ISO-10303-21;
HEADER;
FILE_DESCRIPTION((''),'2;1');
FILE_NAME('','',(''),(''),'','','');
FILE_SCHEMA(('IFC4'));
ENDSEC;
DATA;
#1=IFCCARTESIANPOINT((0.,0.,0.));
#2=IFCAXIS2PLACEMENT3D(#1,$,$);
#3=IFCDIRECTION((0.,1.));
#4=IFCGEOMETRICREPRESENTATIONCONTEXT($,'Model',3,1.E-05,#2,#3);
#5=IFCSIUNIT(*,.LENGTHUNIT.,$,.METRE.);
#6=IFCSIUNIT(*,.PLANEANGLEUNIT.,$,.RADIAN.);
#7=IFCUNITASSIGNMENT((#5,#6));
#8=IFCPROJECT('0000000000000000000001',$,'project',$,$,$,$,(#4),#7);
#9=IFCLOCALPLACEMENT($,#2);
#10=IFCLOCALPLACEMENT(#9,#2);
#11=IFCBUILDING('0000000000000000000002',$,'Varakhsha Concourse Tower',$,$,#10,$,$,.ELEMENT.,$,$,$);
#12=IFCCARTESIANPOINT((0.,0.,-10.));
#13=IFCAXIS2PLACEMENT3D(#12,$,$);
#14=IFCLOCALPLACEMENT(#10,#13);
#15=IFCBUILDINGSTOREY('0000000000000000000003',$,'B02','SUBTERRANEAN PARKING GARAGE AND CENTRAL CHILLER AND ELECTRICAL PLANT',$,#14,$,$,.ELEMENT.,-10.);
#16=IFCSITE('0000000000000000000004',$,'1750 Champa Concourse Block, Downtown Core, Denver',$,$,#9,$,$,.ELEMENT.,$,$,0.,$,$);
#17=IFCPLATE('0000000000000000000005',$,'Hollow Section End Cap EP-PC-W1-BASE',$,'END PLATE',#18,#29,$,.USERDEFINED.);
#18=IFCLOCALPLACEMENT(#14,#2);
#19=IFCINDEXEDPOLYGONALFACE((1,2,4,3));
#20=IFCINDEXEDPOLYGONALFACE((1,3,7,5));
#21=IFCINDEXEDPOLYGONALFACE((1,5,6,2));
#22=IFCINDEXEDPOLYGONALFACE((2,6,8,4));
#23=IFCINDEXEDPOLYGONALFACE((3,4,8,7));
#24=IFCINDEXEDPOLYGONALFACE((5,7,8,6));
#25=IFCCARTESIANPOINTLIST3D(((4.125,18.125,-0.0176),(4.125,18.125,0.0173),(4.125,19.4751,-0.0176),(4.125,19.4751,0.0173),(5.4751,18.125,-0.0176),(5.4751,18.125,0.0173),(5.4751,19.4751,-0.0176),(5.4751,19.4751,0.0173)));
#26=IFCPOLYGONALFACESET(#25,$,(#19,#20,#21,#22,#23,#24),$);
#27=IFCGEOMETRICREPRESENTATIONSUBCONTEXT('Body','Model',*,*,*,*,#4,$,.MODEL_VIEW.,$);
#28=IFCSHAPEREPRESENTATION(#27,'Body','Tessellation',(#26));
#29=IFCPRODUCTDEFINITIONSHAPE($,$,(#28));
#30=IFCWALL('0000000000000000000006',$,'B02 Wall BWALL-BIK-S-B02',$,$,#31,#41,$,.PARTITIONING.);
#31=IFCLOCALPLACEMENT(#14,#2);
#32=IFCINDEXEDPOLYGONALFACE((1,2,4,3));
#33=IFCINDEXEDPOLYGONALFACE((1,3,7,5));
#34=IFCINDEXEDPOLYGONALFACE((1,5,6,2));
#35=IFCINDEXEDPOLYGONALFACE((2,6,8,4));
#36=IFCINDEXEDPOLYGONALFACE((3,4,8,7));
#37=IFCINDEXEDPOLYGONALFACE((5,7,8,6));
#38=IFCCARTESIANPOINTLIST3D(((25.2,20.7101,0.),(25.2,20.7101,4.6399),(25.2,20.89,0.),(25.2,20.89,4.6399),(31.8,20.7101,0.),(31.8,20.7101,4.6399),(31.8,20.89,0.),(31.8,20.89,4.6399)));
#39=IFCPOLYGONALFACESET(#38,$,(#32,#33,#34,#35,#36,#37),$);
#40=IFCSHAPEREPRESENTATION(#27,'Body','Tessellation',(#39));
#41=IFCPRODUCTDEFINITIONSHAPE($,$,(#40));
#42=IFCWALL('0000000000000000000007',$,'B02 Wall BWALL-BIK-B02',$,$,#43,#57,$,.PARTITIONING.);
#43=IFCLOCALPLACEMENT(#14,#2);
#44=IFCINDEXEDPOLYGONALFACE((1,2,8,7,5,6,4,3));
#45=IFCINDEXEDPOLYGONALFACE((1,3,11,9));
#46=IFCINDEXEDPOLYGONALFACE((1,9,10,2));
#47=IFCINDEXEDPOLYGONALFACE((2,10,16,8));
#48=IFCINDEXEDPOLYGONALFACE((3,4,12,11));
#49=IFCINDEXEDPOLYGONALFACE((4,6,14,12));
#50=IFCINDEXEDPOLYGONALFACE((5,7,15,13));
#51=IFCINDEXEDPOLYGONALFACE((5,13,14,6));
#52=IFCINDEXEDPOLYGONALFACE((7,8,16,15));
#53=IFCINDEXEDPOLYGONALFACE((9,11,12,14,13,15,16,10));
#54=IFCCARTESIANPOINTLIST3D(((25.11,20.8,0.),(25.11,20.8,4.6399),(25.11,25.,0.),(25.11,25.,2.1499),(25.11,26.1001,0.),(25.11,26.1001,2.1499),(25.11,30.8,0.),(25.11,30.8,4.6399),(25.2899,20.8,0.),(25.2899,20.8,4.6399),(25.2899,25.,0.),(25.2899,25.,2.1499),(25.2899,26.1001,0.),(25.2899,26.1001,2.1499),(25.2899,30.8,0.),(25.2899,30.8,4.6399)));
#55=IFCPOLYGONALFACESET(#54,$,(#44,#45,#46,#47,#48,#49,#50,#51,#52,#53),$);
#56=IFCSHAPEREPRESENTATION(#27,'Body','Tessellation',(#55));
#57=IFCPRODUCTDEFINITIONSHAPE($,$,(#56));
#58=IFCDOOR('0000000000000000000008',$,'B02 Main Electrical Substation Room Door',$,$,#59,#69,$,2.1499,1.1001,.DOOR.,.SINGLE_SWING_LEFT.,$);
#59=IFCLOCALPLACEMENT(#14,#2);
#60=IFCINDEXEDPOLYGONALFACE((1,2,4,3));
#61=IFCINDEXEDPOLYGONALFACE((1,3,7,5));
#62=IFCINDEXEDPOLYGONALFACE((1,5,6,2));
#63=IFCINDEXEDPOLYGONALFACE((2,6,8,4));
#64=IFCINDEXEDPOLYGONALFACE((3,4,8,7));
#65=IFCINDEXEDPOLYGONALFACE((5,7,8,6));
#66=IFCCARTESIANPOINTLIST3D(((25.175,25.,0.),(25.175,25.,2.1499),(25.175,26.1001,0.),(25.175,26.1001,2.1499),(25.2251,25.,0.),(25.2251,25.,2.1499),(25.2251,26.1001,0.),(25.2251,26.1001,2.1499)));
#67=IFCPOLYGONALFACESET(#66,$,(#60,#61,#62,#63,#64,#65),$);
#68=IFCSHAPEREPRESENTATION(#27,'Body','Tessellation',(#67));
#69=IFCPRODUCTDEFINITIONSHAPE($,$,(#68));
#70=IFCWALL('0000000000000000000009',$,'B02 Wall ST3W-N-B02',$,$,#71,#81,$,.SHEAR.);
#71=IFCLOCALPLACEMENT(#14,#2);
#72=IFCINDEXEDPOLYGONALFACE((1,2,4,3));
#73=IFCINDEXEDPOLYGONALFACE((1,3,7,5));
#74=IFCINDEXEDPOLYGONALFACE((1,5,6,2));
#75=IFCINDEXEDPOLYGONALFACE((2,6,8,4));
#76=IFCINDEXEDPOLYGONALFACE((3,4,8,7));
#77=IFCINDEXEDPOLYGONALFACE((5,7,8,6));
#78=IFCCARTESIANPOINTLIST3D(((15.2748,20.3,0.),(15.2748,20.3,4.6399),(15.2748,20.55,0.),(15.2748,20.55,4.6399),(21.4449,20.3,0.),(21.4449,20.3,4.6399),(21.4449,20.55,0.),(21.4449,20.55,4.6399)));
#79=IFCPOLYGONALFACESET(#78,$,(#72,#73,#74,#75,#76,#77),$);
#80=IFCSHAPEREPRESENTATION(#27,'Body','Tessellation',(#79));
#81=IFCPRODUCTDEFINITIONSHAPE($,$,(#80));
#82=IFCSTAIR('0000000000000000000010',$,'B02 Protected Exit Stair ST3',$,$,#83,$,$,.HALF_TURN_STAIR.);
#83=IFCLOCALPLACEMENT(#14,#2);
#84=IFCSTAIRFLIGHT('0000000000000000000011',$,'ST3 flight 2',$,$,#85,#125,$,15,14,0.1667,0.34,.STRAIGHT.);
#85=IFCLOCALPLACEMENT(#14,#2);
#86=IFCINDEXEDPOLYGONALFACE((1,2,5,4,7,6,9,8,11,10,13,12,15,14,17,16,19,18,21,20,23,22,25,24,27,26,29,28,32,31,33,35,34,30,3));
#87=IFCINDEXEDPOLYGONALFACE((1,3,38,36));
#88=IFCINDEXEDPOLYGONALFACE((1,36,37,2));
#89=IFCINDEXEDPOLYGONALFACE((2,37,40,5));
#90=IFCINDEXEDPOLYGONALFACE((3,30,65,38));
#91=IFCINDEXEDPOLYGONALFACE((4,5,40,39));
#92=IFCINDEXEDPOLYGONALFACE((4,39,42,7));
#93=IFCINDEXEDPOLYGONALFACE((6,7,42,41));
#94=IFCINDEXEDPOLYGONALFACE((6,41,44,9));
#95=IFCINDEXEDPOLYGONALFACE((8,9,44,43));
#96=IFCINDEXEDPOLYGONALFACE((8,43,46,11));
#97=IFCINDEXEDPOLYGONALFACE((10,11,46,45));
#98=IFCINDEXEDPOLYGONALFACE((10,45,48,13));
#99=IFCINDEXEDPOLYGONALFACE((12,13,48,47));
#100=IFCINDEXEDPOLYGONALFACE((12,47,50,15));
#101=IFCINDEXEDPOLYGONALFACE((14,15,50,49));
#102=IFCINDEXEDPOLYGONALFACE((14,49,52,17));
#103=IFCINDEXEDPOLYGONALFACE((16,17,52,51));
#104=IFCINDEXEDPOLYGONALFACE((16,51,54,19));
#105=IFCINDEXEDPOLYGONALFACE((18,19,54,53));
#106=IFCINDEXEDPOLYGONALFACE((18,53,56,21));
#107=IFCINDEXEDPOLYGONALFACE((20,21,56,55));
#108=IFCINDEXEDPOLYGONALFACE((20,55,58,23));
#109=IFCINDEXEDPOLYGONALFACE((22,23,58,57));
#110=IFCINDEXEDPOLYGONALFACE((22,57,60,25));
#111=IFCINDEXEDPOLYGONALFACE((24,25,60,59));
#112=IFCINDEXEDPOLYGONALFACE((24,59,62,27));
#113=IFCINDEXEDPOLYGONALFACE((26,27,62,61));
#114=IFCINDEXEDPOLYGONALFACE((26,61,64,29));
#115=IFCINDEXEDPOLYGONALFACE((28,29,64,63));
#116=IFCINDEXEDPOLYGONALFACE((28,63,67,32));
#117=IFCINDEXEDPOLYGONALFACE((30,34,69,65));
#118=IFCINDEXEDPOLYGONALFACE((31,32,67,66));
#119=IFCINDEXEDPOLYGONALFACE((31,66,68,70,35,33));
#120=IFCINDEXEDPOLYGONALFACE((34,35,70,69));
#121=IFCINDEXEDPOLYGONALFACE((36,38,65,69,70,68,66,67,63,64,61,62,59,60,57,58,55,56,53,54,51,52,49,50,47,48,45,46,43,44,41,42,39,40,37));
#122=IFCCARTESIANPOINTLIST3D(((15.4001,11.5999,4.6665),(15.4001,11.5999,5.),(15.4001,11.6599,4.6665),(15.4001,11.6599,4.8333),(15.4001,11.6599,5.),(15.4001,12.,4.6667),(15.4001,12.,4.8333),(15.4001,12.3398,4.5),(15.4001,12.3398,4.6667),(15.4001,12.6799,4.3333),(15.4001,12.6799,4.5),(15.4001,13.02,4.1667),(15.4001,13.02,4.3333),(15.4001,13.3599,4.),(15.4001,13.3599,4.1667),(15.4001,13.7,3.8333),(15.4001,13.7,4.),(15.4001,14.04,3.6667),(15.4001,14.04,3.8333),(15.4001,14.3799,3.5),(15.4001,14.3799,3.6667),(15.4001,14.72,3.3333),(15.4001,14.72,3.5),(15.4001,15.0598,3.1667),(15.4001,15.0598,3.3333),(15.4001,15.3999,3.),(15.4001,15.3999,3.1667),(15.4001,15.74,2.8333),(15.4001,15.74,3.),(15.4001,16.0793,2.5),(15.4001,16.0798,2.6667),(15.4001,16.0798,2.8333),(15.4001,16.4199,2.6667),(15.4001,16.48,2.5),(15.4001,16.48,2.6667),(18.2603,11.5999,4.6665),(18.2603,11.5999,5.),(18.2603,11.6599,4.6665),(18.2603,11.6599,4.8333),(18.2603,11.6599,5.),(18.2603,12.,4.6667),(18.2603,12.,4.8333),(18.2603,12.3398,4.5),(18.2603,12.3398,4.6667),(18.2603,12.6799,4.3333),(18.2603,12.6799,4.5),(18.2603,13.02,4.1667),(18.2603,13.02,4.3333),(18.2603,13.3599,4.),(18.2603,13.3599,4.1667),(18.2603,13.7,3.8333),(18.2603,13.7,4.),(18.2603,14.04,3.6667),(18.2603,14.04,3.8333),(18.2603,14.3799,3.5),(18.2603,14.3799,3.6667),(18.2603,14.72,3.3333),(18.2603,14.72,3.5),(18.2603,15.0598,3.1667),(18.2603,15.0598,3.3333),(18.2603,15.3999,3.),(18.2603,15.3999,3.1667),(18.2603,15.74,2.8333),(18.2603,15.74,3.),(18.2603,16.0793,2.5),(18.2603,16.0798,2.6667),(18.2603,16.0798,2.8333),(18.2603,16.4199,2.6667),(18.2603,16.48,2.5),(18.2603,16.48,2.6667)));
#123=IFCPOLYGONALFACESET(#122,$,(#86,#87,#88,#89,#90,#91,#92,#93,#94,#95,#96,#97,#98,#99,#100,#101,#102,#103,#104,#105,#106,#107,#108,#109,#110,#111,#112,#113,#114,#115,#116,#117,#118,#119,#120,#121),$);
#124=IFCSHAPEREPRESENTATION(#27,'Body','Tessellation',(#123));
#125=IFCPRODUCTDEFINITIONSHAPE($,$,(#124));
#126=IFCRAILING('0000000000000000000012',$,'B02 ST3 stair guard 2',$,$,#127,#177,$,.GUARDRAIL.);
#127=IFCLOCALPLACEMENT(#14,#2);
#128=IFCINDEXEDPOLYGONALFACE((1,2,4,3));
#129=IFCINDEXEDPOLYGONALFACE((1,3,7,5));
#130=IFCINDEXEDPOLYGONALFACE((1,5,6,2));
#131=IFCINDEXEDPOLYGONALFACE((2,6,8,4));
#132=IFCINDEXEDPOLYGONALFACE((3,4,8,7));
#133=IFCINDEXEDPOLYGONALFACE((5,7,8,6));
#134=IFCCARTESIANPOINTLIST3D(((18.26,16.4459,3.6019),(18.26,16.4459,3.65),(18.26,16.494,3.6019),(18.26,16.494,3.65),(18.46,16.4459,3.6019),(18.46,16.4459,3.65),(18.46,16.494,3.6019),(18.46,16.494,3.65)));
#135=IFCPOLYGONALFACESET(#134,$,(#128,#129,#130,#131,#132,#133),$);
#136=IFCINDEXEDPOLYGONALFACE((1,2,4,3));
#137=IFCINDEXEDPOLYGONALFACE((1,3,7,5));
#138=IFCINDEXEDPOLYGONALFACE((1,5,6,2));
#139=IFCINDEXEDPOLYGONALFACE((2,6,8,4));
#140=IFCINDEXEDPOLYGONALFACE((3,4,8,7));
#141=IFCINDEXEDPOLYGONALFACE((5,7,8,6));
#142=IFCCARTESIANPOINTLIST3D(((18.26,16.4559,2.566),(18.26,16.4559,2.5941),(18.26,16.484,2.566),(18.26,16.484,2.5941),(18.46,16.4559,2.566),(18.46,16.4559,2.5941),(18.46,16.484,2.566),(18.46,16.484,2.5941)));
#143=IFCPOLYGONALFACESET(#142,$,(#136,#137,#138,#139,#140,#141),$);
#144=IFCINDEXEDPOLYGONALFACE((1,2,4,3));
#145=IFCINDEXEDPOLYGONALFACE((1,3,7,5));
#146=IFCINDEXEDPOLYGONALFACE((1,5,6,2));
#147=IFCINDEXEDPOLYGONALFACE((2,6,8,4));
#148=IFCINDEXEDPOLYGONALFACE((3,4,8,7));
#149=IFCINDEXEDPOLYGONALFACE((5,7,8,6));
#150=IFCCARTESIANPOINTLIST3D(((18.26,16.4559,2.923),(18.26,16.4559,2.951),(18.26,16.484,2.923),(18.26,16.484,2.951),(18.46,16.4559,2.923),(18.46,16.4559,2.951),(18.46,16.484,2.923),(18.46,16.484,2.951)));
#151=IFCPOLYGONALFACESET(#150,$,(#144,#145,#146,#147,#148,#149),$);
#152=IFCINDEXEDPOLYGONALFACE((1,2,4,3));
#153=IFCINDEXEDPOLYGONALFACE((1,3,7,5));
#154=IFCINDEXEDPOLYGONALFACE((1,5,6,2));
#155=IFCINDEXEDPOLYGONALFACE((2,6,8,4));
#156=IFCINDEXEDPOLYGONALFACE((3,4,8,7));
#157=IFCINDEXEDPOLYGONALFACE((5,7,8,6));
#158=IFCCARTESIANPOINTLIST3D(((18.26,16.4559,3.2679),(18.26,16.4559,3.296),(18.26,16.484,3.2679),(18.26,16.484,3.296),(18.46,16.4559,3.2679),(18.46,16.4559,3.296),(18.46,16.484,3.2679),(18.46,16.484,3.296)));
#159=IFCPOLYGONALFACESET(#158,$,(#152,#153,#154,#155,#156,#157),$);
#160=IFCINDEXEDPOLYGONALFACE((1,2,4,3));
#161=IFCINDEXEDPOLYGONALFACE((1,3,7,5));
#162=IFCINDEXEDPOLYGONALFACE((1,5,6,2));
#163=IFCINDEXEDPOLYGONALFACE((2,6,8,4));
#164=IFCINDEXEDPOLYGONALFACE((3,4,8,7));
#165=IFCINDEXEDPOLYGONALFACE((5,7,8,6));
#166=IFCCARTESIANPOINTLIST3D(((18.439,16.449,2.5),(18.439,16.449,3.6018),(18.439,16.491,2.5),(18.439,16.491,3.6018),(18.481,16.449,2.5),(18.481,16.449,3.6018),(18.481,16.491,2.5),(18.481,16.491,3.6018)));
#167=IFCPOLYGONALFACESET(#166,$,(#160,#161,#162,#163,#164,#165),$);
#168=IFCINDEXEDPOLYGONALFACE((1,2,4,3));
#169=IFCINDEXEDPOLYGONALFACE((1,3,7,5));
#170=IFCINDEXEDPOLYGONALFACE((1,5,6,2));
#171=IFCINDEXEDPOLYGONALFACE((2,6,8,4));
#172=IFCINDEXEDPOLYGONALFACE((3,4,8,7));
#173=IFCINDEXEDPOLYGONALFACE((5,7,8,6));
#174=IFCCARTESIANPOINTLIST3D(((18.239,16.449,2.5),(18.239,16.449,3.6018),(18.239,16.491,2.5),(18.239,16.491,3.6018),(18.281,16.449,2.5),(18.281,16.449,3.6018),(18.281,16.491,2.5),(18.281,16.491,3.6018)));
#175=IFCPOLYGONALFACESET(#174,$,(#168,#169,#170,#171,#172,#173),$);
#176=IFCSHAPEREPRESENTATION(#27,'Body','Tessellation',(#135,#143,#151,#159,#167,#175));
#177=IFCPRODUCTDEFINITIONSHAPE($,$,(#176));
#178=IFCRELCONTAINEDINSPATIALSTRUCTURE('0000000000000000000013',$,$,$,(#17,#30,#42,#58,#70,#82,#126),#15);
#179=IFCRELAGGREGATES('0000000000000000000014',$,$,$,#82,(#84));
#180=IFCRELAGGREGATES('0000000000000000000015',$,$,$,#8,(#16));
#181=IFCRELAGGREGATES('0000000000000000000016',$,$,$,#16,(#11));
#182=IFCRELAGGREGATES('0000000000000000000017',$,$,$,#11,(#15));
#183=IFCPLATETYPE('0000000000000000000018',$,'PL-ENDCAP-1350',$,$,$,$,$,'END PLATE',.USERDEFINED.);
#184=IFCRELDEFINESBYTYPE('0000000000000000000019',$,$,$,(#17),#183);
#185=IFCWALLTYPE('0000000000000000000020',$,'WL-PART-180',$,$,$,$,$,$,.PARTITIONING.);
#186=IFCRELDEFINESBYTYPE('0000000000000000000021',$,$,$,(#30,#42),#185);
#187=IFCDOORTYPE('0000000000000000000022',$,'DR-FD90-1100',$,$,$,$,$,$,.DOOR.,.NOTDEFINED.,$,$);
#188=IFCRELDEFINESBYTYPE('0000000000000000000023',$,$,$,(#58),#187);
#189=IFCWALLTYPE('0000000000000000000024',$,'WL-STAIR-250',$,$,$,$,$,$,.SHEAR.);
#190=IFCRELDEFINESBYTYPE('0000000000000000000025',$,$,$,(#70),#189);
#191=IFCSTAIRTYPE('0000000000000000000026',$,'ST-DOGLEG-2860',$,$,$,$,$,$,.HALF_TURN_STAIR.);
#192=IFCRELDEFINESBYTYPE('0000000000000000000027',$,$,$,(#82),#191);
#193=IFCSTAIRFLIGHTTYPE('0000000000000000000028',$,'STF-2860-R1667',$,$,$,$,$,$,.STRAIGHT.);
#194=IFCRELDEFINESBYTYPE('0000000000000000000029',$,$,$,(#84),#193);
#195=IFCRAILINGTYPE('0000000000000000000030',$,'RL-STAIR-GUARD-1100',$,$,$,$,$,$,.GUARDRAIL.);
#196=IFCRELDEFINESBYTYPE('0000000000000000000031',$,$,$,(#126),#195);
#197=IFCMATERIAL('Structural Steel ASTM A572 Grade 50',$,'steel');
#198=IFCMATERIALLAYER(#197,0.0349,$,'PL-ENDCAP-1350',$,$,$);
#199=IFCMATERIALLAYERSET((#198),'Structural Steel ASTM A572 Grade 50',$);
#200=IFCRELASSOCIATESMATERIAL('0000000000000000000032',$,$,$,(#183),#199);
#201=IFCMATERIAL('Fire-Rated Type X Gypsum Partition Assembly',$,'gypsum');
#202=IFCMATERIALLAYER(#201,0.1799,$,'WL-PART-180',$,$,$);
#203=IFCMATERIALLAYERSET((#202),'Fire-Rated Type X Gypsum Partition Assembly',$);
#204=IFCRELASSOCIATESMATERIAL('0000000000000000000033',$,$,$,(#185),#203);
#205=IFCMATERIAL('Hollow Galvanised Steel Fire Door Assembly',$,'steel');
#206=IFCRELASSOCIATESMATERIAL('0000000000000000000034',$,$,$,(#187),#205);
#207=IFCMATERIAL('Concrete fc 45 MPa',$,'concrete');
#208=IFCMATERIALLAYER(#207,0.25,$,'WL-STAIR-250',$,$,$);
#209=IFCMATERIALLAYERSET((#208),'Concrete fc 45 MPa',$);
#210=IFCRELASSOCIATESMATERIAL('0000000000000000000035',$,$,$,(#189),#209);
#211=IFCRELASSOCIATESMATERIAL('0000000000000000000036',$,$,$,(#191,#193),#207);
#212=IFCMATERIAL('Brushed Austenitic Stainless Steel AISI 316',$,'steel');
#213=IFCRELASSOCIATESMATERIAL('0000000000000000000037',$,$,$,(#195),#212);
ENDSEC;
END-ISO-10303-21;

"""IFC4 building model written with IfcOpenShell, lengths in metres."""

from ifc_helpers import new_model, si_unit, direction, frame, frame_2d, origin, origin_2d, place, context, subcontext, project, spatial, polyline, rectangle, outline, extrude, source, transform, mapped, material, layer, layer_set, type_object, type_shapes, element, fill, aggregate, save


model = new_model("IFC4")

# Units and contexts
model_context = context("Model", 3, precision=1e-05, world=origin(), true_north=direction((0.0, 1.0)))
body_context = subcontext(model_context, "Body", "Model", "MODEL_VIEW")
ifc_project = project(units=[si_unit("LENGTHUNIT", "METRE"), si_unit("PLANEANGLEUNIT", "RADIAN")], contexts=[model_context])

# Site, building, storey
site_placement = place(None, origin())
site = spatial("IfcSite", under=ifc_project, at=site_placement, Name="1750 Champa Concourse Block, Downtown Core, Denver", CompositionType="ELEMENT", RefElevation=0.0)
building_placement = place(site_placement, origin())
building = spatial("IfcBuilding", under=site, at=building_placement, Name="Varakhsha Concourse Tower", CompositionType="ELEMENT")
storey_placement = place(building_placement, frame((0.0, 0.0, -10.0)))
storey = spatial("IfcBuildingStorey", under=building, at=storey_placement, Name="B02", Description="SUBTERRANEAN PARKING GARAGE AND CENTRAL CHILLER AND ELECTRICAL PLANT", CompositionType="ELEMENT", Elevation=-10.0)

# Shared definitions
ifc_material_1 = material(Name="Structural Steel ASTM A572 Grade 50", Category="steel")

# Plate
ifc_layer_1 = layer(ifc_material_1, 0.0349, Name="PL-ENDCAP-1350")
ifc_layer_set_1 = layer_set([ifc_layer_1], Name="Structural Steel ASTM A572 Grade 50")
plate_type = type_object("IfcPlateType", Name="PL-ENDCAP-1350", ElementType="END PLATE", PredefinedType="USERDEFINED", material=ifc_layer_set_1)
shared_shape = source(origin(), body_context, "Body", "SweptSolid", [
    extrude(rectangle(XDim=1.3501, YDim=1.3501, at=origin_2d()), origin(), (0.0, 0.0, 1.0), 0.0349),
])
type_shapes(plate_type, [shared_shape])
plate_placement = place(storey_placement, frame((4.8, 18.8, -0.0176), z_axis=(0.0, 0.0, 1.0), x_axis=(1.0, 0.0, 0.0)))
element("IfcPlate", 1, at=plate_placement, inside=storey, type_object=plate_type, Name="Hollow Section End Cap EP-PC-W1-BASE", ObjectType="END PLATE", PredefinedType="USERDEFINED", context=body_context, shape_type="MappedRepresentation", body=[
    mapped(shared_shape, transform((0.0, 0.0, 0.0), scale=1.0)),
])

# Wall
ifc_material_2 = material(Name="Fire-Rated Type X Gypsum Partition Assembly", Category="gypsum")
ifc_layer_2 = layer(ifc_material_2, 0.1799, Name="WL-PART-180")
ifc_layer_set_2 = layer_set([ifc_layer_2], Name="Fire-Rated Type X Gypsum Partition Assembly")
wall_type_1 = type_object("IfcWallType", Name="WL-PART-180", PredefinedType="PARTITIONING", material=ifc_layer_set_2)
wall_1_placement = place(storey_placement, frame((25.2, 20.8, 0.0), z_axis=(0.0, 0.0, 1.0), x_axis=(1.0, 0.0, 0.0)))
element("IfcWall", 2, at=wall_1_placement, inside=storey, type_object=wall_type_1, Name="B02 Wall BWALL-BIK-S-B02", PredefinedType="PARTITIONING", context=body_context, shape_type="SweptSolid", body=[
    extrude(rectangle(XDim=6.6001, YDim=0.1799, at=frame_2d((3.3, 0.0))), origin(), (0.0, 0.0, 1.0), 4.6399),
])

# Wall, opening, door
wall_2_placement = place(storey_placement, frame((25.2, 20.8, 0.0), z_axis=(0.0, 0.0, 1.0), x_axis=(0.0, 1.0, 0.0)))
wall_2 = element("IfcWall", 3, at=wall_2_placement, inside=storey, type_object=wall_type_1, Name="B02 Wall BWALL-BIK-B02", PredefinedType="PARTITIONING", context=body_context, shape_type="SweptSolid", body=[
    extrude(rectangle(XDim=10.0, YDim=0.1799, at=frame_2d((5.0, 0.0))), origin(), (0.0, 0.0, 1.0), 4.6399),
])
opening_placement = place(wall_2_placement, frame((4.2, 0.0, 0.0)))
opening = element("IfcOpeningElement", 4, at=opening_placement, cuts=wall_2, PredefinedType="OPENING", context=body_context, shape_type="SweptSolid", body=[
    extrude(rectangle(XDim=1.1001, YDim=2.1499, at=frame_2d((0.55, 1.075))), frame((0.0, 0.0999, 0.0), z_axis=(0.0, -1.0, 0.0), x_axis=(1.0, 0.0, 0.0)), (0.0, 0.0, 1.0), 0.2),
])
ifc_material_3 = material(Name="Hollow Galvanised Steel Fire Door Assembly", Category="steel")
door_type = type_object("IfcDoorType", Name="DR-FD90-1100", OperationType="NOTDEFINED", PredefinedType="DOOR", material=ifc_material_3)
door_placement = place(opening_placement, origin())
door = element("IfcDoor", 5, at=door_placement, inside=storey, type_object=door_type, Name="B02 Main Electrical Substation Room Door", OperationType="SINGLE_SWING_LEFT", OverallHeight=2.1499, OverallWidth=1.1001, PredefinedType="DOOR", context=body_context, shape_type="SweptSolid", body=[
    extrude(rectangle(XDim=1.1001, YDim=2.1499, at=frame_2d((0.55, 1.075))), frame((0.0, 0.0249, 0.0), z_axis=(0.0, -1.0, 0.0), x_axis=(1.0, 0.0, 0.0)), (0.0, 0.0, 1.0), 0.05),
])
fill(opening, door)

# Wall
ifc_material_4 = material(Name="Concrete fc 45 MPa", Category="concrete")
ifc_layer_3 = layer(ifc_material_4, 0.25, Name="WL-STAIR-250")
ifc_layer_set_3 = layer_set([ifc_layer_3], Name="Concrete fc 45 MPa")
wall_type_2 = type_object("IfcWallType", Name="WL-STAIR-250", PredefinedType="SHEAR", material=ifc_layer_set_3)
wall_3_placement = place(storey_placement, frame((15.2749, 20.425, 0.0), z_axis=(0.0, 0.0, 1.0), x_axis=(1.0, 0.0, 0.0)))
element("IfcWall", 6, at=wall_3_placement, inside=storey, type_object=wall_type_2, Name="B02 Wall ST3W-N-B02", PredefinedType="SHEAR", context=body_context, shape_type="SweptSolid", body=[
    extrude(rectangle(XDim=6.1702, YDim=0.25, at=frame_2d((3.085, 0.0))), origin(), (0.0, 0.0, 1.0), 4.6399),
])

# Stair, stair flight
stair_type = type_object("IfcStairType", Name="ST-DOGLEG-2860", PredefinedType="HALF_TURN_STAIR", material=ifc_material_4)
stair_placement = place(storey_placement, origin())
stair = element("IfcStair", 7, at=stair_placement, inside=storey, type_object=stair_type, Name="B02 Protected Exit Stair ST3", PredefinedType="HALF_TURN_STAIR")
stair_flight_type = type_object("IfcStairFlightType", Name="STF-2860-R1667", PredefinedType="STRAIGHT", material=ifc_material_4)
stair_flight_placement = place(storey_placement, frame((16.8301, 16.4199, 2.5), z_axis=(0.0, 0.0, 1.0), x_axis=(0.0, -1.0, 0.0)))
stair_flight = element("IfcStairFlight", 8, at=stair_flight_placement, type_object=stair_flight_type, Name="ST3 flight 2", NumberOfRisers=15, NumberOfTreads=14, PredefinedType="STRAIGHT", RiserHeight=0.1667, TreadLength=0.34, context=body_context, shape_type="SweptSolid", body=[
    extrude(outline(polyline([(-0.0601, 0.0), (-0.0601, 0.1667), (0.0, 0.1667), (0.3401, 0.1667), (0.3401, 0.3333), (0.6799, 0.3333), (0.6799, 0.5), (1.02, 0.5), (1.02, 0.6667), (1.3601, 0.6667), (1.3601, 0.8333), (1.7, 0.8333), (1.7, 1.0), (2.04, 1.0), (2.04, 1.1667), (2.3799, 1.1667), (2.3799, 1.3333), (2.72, 1.3333), (2.72, 1.5), (3.0601, 1.5), (3.0601, 1.6667), (3.3999, 1.6667), (3.3999, 1.8333), (3.74, 1.8333), (3.74, 2.0), (4.0801, 2.0), (4.0801, 2.1667), (4.4199, 2.1667), (4.4199, 2.3333), (4.76, 2.3333), (4.76, 2.5), (4.8201, 2.5), (4.8201, 2.1665), (4.76, 2.1665), (0.3406, 0.0), (-0.0601, 0.0)])), frame((0.0, 1.4302, 0.0), z_axis=(0.0, -1.0, 0.0), x_axis=(1.0, 0.0, 0.0)), (0.0, 0.0, 1.0), 2.8601),
])
aggregate(stair, [stair_flight])

# Railing
ifc_material_5 = material(Name="Brushed Austenitic Stainless Steel AISI 316", Category="steel")
railing_type_1 = type_object("IfcRailingType", Name="RL-STAIR-GUARD-1100", PredefinedType="GUARDRAIL", material=ifc_material_5)
railing_1_placement = place(storey_placement, frame((18.46, 16.47, 2.5)))
element("IfcRailing", 9, at=railing_1_placement, inside=storey, type_object=railing_type_1, Name="B02 ST3 stair guard 2", PredefinedType="GUARDRAIL", context=body_context, shape_type="SweptSolid", body=[
    extrude(rectangle(XDim=0.0481, YDim=0.0481, at=origin_2d()), frame((0.0, 0.0, 1.126), z_axis=(-1.0, 0.0, 0.0), x_axis=(0.0, -1.0, 0.0)), (0.0, 0.0, 1.0), 0.2),
    extrude(rectangle(XDim=0.0281, YDim=0.0281, at=origin_2d()), frame((0.0, 0.0, 0.0801), z_axis=(-1.0, 0.0, 0.0), x_axis=(0.0, -1.0, 0.0)), (0.0, 0.0, 1.0), 0.2),
    extrude(rectangle(XDim=0.0281, YDim=0.0281, at=origin_2d()), frame((0.0, 0.0, 0.437), z_axis=(-1.0, 0.0, 0.0), x_axis=(0.0, -1.0, 0.0)), (0.0, 0.0, 1.0), 0.2),
    extrude(rectangle(XDim=0.0281, YDim=0.0281, at=origin_2d()), frame((0.0, 0.0, 0.782), z_axis=(-1.0, 0.0, 0.0), x_axis=(0.0, -1.0, 0.0)), (0.0, 0.0, 1.0), 0.2),
    extrude(rectangle(XDim=0.042, YDim=0.042, at=origin_2d()), origin(), (0.0, 0.0, 1.0), 1.1018),
    extrude(rectangle(XDim=0.042, YDim=0.042, at=origin_2d()), frame((-0.2, 0.0, 0.0)), (0.0, 0.0, 1.0), 1.1018),
])

save(model, "model.ifc")
